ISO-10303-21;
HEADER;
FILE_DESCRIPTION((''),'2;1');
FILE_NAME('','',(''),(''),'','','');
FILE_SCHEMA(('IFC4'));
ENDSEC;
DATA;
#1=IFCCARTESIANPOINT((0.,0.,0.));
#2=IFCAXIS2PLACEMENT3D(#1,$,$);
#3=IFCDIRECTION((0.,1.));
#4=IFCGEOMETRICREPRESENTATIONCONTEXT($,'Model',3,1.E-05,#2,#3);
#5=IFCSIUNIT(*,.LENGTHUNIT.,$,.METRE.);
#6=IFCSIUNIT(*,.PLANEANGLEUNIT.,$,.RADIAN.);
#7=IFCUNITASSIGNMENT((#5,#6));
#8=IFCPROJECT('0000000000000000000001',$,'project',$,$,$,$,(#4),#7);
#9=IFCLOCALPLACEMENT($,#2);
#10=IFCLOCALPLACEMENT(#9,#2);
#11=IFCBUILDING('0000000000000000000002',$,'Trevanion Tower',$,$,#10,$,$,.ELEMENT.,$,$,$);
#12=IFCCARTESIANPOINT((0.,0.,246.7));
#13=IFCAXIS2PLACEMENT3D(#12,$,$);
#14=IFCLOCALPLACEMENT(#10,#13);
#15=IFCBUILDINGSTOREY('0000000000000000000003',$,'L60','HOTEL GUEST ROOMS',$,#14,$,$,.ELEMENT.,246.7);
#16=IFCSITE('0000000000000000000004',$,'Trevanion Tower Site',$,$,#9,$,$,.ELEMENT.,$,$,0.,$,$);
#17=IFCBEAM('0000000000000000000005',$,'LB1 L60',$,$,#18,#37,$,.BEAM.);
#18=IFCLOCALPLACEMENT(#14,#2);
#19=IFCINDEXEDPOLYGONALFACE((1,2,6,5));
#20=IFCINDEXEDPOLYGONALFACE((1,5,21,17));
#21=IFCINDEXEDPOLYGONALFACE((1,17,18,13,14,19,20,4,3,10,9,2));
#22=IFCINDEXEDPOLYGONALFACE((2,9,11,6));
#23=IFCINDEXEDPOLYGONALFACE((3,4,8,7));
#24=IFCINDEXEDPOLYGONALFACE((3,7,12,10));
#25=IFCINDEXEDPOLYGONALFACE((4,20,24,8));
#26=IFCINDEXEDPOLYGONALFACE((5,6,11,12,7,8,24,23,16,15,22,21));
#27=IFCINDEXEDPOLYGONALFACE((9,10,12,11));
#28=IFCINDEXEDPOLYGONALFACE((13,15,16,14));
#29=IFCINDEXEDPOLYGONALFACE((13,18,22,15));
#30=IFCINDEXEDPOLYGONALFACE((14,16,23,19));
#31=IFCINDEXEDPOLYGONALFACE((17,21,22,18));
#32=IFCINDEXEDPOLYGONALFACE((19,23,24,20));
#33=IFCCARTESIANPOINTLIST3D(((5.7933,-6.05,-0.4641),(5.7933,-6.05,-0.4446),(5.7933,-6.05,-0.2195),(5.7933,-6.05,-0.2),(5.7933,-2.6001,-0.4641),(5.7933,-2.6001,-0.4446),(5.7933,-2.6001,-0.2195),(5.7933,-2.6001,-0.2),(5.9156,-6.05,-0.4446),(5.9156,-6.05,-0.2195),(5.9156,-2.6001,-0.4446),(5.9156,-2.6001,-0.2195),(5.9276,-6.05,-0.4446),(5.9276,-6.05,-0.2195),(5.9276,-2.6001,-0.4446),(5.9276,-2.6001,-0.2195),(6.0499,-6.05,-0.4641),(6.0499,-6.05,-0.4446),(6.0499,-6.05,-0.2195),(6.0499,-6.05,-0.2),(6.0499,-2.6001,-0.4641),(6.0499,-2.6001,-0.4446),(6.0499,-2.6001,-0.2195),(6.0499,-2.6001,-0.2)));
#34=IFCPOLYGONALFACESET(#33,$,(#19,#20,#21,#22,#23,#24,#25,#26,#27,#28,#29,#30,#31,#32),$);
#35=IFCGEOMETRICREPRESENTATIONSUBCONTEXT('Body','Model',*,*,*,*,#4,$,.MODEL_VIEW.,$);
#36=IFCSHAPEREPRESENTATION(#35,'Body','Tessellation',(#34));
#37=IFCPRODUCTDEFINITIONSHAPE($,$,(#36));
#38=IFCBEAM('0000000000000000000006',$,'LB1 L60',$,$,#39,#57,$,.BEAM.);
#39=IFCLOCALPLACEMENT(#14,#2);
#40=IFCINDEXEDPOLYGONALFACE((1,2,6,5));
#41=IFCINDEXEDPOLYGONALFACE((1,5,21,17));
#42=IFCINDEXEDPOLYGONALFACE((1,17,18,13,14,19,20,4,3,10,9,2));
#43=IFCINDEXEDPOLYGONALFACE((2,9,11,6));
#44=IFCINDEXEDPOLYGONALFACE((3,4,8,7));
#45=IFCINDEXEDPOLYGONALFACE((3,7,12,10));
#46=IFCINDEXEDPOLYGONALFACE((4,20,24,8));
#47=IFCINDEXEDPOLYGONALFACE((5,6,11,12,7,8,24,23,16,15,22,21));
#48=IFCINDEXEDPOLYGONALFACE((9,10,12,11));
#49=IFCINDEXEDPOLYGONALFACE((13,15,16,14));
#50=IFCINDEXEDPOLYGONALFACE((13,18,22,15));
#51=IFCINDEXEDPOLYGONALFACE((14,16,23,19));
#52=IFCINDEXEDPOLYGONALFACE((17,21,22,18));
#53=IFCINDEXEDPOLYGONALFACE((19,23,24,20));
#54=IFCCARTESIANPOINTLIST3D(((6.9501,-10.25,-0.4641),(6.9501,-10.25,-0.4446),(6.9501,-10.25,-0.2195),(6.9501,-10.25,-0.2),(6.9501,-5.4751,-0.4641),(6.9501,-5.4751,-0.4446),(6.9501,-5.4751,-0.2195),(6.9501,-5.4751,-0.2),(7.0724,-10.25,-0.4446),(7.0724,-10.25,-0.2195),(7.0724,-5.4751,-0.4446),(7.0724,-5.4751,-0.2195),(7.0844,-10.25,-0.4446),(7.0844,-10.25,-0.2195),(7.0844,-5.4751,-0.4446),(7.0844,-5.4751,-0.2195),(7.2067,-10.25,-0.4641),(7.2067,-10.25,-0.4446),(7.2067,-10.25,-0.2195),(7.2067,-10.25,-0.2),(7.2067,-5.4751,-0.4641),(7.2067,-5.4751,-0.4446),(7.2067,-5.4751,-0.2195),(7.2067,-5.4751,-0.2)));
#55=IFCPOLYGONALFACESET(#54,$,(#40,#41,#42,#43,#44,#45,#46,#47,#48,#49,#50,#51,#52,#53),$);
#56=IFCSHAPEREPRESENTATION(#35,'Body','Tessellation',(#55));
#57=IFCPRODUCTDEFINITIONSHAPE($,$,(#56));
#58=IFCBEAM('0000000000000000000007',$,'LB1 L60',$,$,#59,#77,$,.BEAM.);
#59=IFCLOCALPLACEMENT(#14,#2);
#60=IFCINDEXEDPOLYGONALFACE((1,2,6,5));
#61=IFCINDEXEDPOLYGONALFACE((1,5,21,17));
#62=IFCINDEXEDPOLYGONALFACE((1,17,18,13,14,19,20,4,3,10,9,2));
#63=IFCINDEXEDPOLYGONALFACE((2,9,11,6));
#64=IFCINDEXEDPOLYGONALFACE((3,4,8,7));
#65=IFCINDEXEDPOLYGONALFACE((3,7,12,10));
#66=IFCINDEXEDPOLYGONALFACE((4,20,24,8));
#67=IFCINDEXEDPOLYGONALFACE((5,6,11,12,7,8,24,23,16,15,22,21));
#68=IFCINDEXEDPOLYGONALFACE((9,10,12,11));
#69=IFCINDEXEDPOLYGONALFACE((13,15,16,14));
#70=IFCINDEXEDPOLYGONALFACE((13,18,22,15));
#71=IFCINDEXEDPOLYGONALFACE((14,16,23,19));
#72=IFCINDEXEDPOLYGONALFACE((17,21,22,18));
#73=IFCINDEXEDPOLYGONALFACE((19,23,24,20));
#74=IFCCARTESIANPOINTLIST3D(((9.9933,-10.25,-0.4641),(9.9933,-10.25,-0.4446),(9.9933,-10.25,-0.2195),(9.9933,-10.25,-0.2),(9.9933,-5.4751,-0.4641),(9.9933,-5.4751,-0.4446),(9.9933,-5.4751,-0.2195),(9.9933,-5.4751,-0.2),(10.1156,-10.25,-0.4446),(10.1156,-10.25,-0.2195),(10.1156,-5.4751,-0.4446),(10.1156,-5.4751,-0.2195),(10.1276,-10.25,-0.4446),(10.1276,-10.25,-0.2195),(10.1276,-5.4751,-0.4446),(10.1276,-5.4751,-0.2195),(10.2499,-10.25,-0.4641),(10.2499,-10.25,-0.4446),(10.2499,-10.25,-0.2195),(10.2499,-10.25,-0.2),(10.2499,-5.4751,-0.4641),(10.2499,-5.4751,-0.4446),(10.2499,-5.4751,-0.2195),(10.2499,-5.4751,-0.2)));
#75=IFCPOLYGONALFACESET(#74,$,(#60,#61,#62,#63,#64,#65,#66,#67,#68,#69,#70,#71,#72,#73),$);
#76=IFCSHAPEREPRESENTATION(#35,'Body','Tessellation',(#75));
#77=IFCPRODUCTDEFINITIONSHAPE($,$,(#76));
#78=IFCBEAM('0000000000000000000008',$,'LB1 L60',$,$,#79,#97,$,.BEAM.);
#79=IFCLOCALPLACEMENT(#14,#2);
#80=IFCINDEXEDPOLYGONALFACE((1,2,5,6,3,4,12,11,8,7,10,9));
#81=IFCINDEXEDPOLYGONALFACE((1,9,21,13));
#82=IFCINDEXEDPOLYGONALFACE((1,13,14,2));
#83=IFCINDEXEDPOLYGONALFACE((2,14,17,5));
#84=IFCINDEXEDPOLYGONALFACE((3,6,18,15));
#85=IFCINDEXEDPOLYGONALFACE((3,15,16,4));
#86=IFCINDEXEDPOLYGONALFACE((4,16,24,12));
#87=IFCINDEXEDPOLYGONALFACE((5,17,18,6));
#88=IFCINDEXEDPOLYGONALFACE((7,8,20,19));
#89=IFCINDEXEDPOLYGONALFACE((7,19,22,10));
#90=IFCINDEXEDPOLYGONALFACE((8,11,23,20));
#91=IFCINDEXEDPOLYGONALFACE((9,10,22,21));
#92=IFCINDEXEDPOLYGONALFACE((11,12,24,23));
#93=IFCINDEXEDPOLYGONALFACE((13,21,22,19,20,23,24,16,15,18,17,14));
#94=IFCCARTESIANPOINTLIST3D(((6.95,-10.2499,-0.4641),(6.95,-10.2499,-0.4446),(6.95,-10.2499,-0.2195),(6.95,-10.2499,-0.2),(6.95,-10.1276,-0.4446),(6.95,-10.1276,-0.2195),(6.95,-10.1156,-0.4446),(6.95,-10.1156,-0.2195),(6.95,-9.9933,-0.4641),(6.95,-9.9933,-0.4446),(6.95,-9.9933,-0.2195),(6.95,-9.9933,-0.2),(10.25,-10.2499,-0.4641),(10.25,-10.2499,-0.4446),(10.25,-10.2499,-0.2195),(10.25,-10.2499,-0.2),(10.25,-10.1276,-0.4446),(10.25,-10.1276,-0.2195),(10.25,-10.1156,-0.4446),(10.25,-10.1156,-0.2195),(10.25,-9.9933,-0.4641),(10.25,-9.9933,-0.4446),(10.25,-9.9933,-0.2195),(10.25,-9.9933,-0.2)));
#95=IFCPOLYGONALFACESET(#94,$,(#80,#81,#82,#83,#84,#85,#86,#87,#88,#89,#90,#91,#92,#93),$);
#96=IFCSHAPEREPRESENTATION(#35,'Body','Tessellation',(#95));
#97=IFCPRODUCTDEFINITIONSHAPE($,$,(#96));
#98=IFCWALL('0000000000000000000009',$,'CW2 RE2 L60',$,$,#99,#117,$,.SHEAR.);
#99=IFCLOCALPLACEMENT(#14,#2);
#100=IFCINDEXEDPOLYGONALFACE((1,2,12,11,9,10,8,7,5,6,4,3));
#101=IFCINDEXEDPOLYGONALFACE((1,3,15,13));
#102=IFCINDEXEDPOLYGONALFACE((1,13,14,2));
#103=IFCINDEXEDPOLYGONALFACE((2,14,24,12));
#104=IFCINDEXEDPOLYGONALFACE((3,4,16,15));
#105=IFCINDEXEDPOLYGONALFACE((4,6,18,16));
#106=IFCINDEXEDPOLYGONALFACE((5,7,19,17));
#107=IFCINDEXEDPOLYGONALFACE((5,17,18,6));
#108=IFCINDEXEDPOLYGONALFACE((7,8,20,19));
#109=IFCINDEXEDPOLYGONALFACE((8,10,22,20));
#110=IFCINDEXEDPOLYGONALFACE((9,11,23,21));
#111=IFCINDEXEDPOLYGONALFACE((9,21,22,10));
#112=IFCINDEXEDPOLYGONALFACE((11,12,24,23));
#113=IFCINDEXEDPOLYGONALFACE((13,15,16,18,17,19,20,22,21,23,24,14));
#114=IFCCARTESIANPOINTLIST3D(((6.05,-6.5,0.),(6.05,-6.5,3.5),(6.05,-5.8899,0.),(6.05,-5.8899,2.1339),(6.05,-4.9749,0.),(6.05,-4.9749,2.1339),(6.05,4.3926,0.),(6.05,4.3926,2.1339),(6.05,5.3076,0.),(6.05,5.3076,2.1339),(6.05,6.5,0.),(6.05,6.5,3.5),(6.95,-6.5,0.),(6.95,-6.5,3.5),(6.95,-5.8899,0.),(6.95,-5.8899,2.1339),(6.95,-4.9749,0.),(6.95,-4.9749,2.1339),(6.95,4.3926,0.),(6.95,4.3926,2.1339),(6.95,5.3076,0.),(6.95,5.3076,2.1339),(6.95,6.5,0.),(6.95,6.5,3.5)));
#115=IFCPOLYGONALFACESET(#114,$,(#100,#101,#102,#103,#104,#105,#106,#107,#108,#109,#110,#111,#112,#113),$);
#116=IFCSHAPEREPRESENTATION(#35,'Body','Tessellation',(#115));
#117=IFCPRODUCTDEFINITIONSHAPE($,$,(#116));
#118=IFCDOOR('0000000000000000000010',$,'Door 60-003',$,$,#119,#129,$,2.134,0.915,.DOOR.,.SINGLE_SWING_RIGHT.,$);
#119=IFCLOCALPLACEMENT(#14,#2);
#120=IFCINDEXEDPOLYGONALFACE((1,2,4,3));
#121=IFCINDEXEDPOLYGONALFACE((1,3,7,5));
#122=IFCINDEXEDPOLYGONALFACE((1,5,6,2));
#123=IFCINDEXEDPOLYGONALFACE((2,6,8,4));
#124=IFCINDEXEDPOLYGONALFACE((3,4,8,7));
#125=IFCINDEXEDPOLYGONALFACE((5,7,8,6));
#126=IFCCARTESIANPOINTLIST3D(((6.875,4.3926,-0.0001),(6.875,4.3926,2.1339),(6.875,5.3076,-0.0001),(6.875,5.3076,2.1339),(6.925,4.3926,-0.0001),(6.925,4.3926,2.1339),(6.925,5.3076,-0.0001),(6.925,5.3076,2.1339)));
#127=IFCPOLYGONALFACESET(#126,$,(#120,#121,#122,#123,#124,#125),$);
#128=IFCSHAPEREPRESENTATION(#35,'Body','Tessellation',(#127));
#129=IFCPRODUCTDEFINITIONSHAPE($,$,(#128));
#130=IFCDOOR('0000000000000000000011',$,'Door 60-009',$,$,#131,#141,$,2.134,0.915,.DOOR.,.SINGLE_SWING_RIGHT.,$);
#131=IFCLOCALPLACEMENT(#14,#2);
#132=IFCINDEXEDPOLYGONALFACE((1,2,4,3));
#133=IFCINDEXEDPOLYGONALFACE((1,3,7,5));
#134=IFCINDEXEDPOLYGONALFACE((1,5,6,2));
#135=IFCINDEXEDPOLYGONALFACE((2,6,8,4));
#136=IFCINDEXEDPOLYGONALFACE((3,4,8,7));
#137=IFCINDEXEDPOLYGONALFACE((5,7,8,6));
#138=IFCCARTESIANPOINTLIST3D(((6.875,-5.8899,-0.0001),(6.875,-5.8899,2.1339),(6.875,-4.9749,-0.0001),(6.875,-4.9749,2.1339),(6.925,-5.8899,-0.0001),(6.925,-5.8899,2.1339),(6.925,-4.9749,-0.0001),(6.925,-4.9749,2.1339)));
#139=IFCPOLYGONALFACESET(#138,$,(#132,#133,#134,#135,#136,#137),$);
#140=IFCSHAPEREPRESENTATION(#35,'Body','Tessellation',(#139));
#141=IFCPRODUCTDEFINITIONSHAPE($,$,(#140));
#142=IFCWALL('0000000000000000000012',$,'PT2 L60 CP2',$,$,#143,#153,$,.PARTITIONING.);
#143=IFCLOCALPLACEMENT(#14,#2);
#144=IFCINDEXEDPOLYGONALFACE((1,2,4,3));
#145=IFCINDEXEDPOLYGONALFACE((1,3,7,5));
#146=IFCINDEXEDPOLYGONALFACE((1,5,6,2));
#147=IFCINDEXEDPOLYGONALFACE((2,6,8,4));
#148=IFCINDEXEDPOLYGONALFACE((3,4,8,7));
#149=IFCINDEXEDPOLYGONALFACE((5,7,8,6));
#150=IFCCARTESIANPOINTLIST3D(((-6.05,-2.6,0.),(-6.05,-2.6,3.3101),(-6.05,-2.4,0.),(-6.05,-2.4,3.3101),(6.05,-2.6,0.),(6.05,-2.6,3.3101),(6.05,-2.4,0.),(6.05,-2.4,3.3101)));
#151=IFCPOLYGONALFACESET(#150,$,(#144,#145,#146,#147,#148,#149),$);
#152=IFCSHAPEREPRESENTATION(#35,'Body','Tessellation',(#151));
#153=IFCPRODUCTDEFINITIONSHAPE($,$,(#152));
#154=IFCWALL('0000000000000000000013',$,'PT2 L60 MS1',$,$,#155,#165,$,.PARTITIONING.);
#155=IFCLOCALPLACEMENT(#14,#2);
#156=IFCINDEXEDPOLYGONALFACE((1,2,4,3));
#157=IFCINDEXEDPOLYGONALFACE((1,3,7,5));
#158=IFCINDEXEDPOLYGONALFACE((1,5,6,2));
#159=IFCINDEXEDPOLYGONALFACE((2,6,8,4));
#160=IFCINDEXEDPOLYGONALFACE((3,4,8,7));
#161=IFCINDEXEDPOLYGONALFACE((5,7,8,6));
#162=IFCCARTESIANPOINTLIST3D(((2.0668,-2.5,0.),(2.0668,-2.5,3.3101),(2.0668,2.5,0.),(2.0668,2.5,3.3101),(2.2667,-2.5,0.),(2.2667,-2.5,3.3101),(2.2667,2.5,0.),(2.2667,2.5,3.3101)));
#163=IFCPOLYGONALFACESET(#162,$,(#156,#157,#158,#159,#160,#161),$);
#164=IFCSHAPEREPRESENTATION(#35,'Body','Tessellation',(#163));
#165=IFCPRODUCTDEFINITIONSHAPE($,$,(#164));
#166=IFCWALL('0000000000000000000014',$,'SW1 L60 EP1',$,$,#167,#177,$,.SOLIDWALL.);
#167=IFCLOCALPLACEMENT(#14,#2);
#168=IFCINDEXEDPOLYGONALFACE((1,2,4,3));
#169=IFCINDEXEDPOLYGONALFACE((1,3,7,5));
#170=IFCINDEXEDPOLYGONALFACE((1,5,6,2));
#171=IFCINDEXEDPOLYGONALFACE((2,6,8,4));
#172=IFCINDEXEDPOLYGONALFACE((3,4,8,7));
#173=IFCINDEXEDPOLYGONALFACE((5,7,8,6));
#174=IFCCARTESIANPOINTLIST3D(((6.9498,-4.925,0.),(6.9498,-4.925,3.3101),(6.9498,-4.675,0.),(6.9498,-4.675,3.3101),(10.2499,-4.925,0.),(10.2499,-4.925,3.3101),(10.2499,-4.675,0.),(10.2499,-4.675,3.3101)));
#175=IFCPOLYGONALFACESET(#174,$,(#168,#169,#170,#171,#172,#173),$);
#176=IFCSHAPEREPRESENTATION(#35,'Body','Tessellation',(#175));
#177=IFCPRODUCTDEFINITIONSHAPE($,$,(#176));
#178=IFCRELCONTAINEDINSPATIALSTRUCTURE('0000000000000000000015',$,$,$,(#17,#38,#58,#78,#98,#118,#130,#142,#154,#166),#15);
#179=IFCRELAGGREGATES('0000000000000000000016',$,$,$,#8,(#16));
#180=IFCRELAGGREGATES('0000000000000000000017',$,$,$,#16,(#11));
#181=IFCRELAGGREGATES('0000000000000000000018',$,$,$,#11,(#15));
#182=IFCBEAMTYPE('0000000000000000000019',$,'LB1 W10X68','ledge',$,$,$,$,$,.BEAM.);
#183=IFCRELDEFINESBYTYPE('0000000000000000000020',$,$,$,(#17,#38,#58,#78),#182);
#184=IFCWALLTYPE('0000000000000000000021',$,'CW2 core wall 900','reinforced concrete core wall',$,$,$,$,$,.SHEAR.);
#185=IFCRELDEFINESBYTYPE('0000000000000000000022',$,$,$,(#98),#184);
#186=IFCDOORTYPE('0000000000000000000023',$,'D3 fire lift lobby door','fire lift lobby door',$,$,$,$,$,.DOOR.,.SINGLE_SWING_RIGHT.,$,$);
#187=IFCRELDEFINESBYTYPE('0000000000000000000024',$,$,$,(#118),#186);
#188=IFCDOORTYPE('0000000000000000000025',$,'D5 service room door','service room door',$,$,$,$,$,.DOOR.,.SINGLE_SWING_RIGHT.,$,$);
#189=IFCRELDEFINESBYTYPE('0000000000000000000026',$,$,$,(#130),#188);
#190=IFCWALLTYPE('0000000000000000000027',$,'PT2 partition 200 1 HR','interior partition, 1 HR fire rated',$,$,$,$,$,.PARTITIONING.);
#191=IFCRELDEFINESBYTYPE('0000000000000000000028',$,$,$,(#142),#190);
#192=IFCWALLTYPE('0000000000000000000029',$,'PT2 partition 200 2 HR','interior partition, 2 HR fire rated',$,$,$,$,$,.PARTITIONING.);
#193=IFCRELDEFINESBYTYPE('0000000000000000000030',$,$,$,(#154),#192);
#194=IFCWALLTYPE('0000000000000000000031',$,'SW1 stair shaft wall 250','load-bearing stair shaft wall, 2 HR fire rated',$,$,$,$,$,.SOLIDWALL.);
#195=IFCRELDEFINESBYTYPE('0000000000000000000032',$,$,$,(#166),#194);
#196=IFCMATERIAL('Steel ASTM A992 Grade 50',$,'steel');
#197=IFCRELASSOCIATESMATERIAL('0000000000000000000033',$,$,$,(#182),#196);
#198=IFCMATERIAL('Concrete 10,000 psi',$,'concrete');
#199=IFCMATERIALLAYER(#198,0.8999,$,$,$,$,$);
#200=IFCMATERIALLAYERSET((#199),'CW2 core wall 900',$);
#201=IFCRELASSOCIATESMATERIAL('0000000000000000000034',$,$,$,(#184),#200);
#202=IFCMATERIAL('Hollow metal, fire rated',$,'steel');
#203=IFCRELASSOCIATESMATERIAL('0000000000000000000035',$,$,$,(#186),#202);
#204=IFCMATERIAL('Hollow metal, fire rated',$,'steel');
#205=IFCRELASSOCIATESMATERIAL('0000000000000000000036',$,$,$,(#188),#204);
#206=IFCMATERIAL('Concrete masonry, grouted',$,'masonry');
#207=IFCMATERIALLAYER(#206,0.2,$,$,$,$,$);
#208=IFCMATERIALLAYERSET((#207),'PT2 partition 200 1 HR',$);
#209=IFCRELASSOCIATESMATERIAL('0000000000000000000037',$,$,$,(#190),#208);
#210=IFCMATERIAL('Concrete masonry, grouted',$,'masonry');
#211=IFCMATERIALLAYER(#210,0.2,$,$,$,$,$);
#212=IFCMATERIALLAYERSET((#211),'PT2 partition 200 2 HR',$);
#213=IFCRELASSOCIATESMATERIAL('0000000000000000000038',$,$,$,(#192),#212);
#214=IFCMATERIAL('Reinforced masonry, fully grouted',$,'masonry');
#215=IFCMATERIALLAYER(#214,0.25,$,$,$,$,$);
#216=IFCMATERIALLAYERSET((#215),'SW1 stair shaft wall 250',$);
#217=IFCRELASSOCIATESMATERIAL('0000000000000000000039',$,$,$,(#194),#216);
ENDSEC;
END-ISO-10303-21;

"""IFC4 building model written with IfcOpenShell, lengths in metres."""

from ifc_helpers import new_model, si_unit, direction, frame, frame_2d, origin, origin_2d, place, context, subcontext, project, spatial, rectangle, i_section, extrude, material, layer, layer_set, material_profile, profile_set, type_object, element, fill, save


model = new_model("IFC4")

# Units and contexts
model_context = context("Model", 3, precision=1e-05, world=origin(), true_north=direction((0.0, 1.0)))
body_context = subcontext(model_context, "Body", "Model", "MODEL_VIEW")
ifc_project = project(units=[si_unit("LENGTHUNIT", "METRE"), si_unit("PLANEANGLEUNIT", "RADIAN")], contexts=[model_context])

# Site, building, storey
site_placement = place(None, origin())
site = spatial("IfcSite", under=ifc_project, at=site_placement, Name="Trevanion Tower Site", CompositionType="ELEMENT", RefElevation=0.0)
building_placement = place(site_placement, origin())
building = spatial("IfcBuilding", under=site, at=building_placement, Name="Trevanion Tower", CompositionType="ELEMENT")
storey_placement = place(building_placement, frame((0.0, 0.0, 246.7)))
storey = spatial("IfcBuildingStorey", under=building, at=storey_placement, Name="L60", Description="HOTEL GUEST ROOMS", CompositionType="ELEMENT", Elevation=246.7)

# Beams
ifc_material_1 = material(Name="Steel ASTM A992 Grade 50", Category="steel")
ifc_material_profile = material_profile(ifc_material_1, i_section(OverallWidth=0.2566, OverallDepth=0.2642, WebThickness=0.012, FlangeThickness=0.0195, at=origin_2d()), Name="W10X68")
ifc_profile_set = profile_set([ifc_material_profile], Name="Steel ASTM A992 Grade 50")
beam_type = type_object("IfcBeamType", Name="LB1 W10X68", Description="ledge", PredefinedType="BEAM", material=ifc_profile_set)
beam_1_placement = place(storey_placement, frame((5.9216, -6.05, -0.332), z_axis=(0.0, 1.0, 0.0), x_axis=(-1.0, 0.0, 0.0)))
element("IfcBeam", 1, at=beam_1_placement, inside=storey, type_object=beam_type, Name="LB1 L60", PredefinedType="BEAM", context=body_context, shape_type="SweptSolid", body=[
    extrude(i_section(OverallWidth=0.2566, OverallDepth=0.2642, WebThickness=0.012, FlangeThickness=0.0195, at=origin_2d()), origin(), (0.0, 0.0, 1.0), 3.45),
])
for number, where, z_axis, x_axis, name in (
    (2, (7.0784, -10.25, -0.332), (0.0, 1.0, 0.0), (-1.0, 0.0, 0.0), "LB1 L60"),
    (3, (10.1216, -10.25, -0.332), (0.0, 1.0, 0.0), (-1.0, 0.0, 0.0), "LB1 L60"),
):
    element("IfcBeam", number, at=place(storey_placement, frame(where, z_axis=z_axis, x_axis=x_axis)), inside=storey, type_object=beam_type, Name=name, PredefinedType="BEAM", context=body_context, shape_type="SweptSolid", body=[
        extrude(i_section(OverallWidth=0.2566, OverallDepth=0.2642, WebThickness=0.012, FlangeThickness=0.0195, at=origin_2d()), origin(), (0.0, 0.0, 1.0), 4.7749),
    ])
beam_2_placement = place(storey_placement, frame((6.95, -10.1216, -0.332), z_axis=(1.0, 0.0, 0.0), x_axis=(0.0, 1.0, 0.0)))
element("IfcBeam", 4, at=beam_2_placement, inside=storey, type_object=beam_type, Name="LB1 L60", PredefinedType="BEAM", context=body_context, shape_type="SweptSolid", body=[
    extrude(i_section(OverallWidth=0.2566, OverallDepth=0.2642, WebThickness=0.012, FlangeThickness=0.0195, at=origin_2d()), origin(), (0.0, 0.0, 1.0), 3.3),
])

# Wall, openings, doors
ifc_material_2 = material(Name="Concrete 10,000 psi", Category="concrete")
ifc_layer_1 = layer(ifc_material_2, 0.8999)
ifc_layer_set_1 = layer_set([ifc_layer_1], Name="CW2 core wall 900")
wall_type_1 = type_object("IfcWallType", Name="CW2 core wall 900", Description="reinforced concrete core wall", PredefinedType="SHEAR", material=ifc_layer_set_1)
wall_1_placement = place(storey_placement, frame((6.5, -6.5, 0.0), z_axis=(0.0, 0.0, 1.0), x_axis=(0.0, 1.0, 0.0)))
wall_1 = element("IfcWall", 5, at=wall_1_placement, inside=storey, type_object=wall_type_1, Name="CW2 RE2 L60", PredefinedType="SHEAR", context=body_context, shape_type="SweptSolid", body=[
    extrude(rectangle(XDim=13.0, YDim=0.8999, at=frame_2d((6.5, 0.0))), origin(), (0.0, 0.0, 1.0), 3.5),
])
opening_1_placement = place(wall_1_placement, frame((10.8926, 0.0, 0.0)))
opening_1 = element("IfcOpeningElement", 6, at=opening_1_placement, cuts=wall_1, PredefinedType="OPENING", context=body_context, shape_type="SweptSolid", body=[
    extrude(rectangle(XDim=0.915, YDim=2.134, at=frame_2d((0.4575, 1.0669))), frame((0.0, 0.46, 0.0), z_axis=(0.0, -1.0, 0.0), x_axis=(1.0, 0.0, 0.0)), (0.0, 0.0, 1.0), 0.9199),
])
opening_2_placement = place(wall_1_placement, frame((0.6101, 0.0, 0.0)))
opening_2 = element("IfcOpeningElement", 7, at=opening_2_placement, cuts=wall_1, PredefinedType="OPENING", context=body_context, shape_type="SweptSolid", body=[
    extrude(rectangle(XDim=0.915, YDim=2.134, at=frame_2d((0.4575, 1.0669))), frame((0.0, 0.46, 0.0), z_axis=(0.0, -1.0, 0.0), x_axis=(1.0, 0.0, 0.0)), (0.0, 0.0, 1.0), 0.9199),
])
ifc_material_3 = material(Name="Hollow metal, fire rated", Category="steel")
door_type_1 = type_object("IfcDoorType", Name="D3 fire lift lobby door", Description="fire lift lobby door", OperationType="SINGLE_SWING_RIGHT", PredefinedType="DOOR", material=ifc_material_3)
door_1_placement = place(opening_1_placement, origin())
door_1 = element("IfcDoor", 8, at=door_1_placement, inside=storey, type_object=door_type_1, Name="Door 60-003", OperationType="SINGLE_SWING_RIGHT", OverallHeight=2.134, OverallWidth=0.915, PredefinedType="DOOR", context=body_context, shape_type="SweptSolid", body=[
    extrude(rectangle(XDim=0.915, YDim=2.134, at=frame_2d((0.4575, 1.0669))), frame((0.0, -0.375, 0.0), z_axis=(0.0, -1.0, 0.0), x_axis=(1.0, 0.0, 0.0)), (0.0, 0.0, 1.0), 0.05),
])
fill(opening_1, door_1)
ifc_material_4 = material(Name="Hollow metal, fire rated", Category="steel")
door_type_2 = type_object("IfcDoorType", Name="D5 service room door", Description="service room door", OperationType="SINGLE_SWING_RIGHT", PredefinedType="DOOR", material=ifc_material_4)
door_2_placement = place(opening_2_placement, origin())
door_2 = element("IfcDoor", 9, at=door_2_placement, inside=storey, type_object=door_type_2, Name="Door 60-009", OperationType="SINGLE_SWING_RIGHT", OverallHeight=2.134, OverallWidth=0.915, PredefinedType="DOOR", context=body_context, shape_type="SweptSolid", body=[
    extrude(rectangle(XDim=0.915, YDim=2.134, at=frame_2d((0.4575, 1.0669))), frame((0.0, -0.375, 0.0), z_axis=(0.0, -1.0, 0.0), x_axis=(1.0, 0.0, 0.0)), (0.0, 0.0, 1.0), 0.05),
])
fill(opening_2, door_2)

# Walls
ifc_material_5 = material(Name="Concrete masonry, grouted", Category="masonry")
ifc_layer_2 = layer(ifc_material_5, 0.2)
ifc_layer_set_2 = layer_set([ifc_layer_2], Name="PT2 partition 200 1 HR")
wall_type_2 = type_object("IfcWallType", Name="PT2 partition 200 1 HR", Description="interior partition, 1 HR fire rated", PredefinedType="PARTITIONING", material=ifc_layer_set_2)
wall_2_placement = place(storey_placement, frame((6.05, -2.5, 0.0), z_axis=(0.0, 0.0, 1.0), x_axis=(-1.0, 0.0, 0.0)))
element("IfcWall", 10, at=wall_2_placement, inside=storey, type_object=wall_type_2, Name="PT2 L60 CP2", PredefinedType="PARTITIONING", context=body_context, shape_type="SweptSolid", body=[
    extrude(rectangle(XDim=12.1001, YDim=0.2, at=frame_2d((6.05, 0.0))), origin(), (0.0, 0.0, 1.0), 3.3101),
])
ifc_material_6 = material(Name="Concrete masonry, grouted", Category="masonry")
ifc_layer_3 = layer(ifc_material_6, 0.2)
ifc_layer_set_3 = layer_set([ifc_layer_3], Name="PT2 partition 200 2 HR")
wall_type_3 = type_object("IfcWallType", Name="PT2 partition 200 2 HR", Description="interior partition, 2 HR fire rated", PredefinedType="PARTITIONING", material=ifc_layer_set_3)
wall_3_placement = place(storey_placement, frame((2.1667, -2.5, 0.0), z_axis=(0.0, 0.0, 1.0), x_axis=(0.0, 1.0, 0.0)))
element("IfcWall", 11, at=wall_3_placement, inside=storey, type_object=wall_type_3, Name="PT2 L60 MS1", PredefinedType="PARTITIONING", context=body_context, shape_type="SweptSolid", body=[
    extrude(rectangle(XDim=5.0, YDim=0.2, at=frame_2d((2.5, 0.0))), origin(), (0.0, 0.0, 1.0), 3.3101),
])
ifc_material_7 = material(Name="Reinforced masonry, fully grouted", Category="masonry")
ifc_layer_4 = layer(ifc_material_7, 0.25)
ifc_layer_set_4 = layer_set([ifc_layer_4], Name="SW1 stair shaft wall 250")
wall_type_4 = type_object("IfcWallType", Name="SW1 stair shaft wall 250", Description="load-bearing stair shaft wall, 2 HR fire rated", PredefinedType="SOLIDWALL", material=ifc_layer_set_4)
wall_4_placement = place(storey_placement, frame((6.95, -4.8, 0.0), z_axis=(0.0, 0.0, 1.0), x_axis=(1.0, 0.0, 0.0)))
element("IfcWall", 12, at=wall_4_placement, inside=storey, type_object=wall_type_4, Name="SW1 L60 EP1", PredefinedType="SOLIDWALL", context=body_context, shape_type="SweptSolid", body=[
    extrude(rectangle(XDim=3.3, YDim=0.25, at=frame_2d((1.6499, 0.0))), origin(), (0.0, 0.0, 1.0), 3.3101),
])

save(model, "model.ifc")
